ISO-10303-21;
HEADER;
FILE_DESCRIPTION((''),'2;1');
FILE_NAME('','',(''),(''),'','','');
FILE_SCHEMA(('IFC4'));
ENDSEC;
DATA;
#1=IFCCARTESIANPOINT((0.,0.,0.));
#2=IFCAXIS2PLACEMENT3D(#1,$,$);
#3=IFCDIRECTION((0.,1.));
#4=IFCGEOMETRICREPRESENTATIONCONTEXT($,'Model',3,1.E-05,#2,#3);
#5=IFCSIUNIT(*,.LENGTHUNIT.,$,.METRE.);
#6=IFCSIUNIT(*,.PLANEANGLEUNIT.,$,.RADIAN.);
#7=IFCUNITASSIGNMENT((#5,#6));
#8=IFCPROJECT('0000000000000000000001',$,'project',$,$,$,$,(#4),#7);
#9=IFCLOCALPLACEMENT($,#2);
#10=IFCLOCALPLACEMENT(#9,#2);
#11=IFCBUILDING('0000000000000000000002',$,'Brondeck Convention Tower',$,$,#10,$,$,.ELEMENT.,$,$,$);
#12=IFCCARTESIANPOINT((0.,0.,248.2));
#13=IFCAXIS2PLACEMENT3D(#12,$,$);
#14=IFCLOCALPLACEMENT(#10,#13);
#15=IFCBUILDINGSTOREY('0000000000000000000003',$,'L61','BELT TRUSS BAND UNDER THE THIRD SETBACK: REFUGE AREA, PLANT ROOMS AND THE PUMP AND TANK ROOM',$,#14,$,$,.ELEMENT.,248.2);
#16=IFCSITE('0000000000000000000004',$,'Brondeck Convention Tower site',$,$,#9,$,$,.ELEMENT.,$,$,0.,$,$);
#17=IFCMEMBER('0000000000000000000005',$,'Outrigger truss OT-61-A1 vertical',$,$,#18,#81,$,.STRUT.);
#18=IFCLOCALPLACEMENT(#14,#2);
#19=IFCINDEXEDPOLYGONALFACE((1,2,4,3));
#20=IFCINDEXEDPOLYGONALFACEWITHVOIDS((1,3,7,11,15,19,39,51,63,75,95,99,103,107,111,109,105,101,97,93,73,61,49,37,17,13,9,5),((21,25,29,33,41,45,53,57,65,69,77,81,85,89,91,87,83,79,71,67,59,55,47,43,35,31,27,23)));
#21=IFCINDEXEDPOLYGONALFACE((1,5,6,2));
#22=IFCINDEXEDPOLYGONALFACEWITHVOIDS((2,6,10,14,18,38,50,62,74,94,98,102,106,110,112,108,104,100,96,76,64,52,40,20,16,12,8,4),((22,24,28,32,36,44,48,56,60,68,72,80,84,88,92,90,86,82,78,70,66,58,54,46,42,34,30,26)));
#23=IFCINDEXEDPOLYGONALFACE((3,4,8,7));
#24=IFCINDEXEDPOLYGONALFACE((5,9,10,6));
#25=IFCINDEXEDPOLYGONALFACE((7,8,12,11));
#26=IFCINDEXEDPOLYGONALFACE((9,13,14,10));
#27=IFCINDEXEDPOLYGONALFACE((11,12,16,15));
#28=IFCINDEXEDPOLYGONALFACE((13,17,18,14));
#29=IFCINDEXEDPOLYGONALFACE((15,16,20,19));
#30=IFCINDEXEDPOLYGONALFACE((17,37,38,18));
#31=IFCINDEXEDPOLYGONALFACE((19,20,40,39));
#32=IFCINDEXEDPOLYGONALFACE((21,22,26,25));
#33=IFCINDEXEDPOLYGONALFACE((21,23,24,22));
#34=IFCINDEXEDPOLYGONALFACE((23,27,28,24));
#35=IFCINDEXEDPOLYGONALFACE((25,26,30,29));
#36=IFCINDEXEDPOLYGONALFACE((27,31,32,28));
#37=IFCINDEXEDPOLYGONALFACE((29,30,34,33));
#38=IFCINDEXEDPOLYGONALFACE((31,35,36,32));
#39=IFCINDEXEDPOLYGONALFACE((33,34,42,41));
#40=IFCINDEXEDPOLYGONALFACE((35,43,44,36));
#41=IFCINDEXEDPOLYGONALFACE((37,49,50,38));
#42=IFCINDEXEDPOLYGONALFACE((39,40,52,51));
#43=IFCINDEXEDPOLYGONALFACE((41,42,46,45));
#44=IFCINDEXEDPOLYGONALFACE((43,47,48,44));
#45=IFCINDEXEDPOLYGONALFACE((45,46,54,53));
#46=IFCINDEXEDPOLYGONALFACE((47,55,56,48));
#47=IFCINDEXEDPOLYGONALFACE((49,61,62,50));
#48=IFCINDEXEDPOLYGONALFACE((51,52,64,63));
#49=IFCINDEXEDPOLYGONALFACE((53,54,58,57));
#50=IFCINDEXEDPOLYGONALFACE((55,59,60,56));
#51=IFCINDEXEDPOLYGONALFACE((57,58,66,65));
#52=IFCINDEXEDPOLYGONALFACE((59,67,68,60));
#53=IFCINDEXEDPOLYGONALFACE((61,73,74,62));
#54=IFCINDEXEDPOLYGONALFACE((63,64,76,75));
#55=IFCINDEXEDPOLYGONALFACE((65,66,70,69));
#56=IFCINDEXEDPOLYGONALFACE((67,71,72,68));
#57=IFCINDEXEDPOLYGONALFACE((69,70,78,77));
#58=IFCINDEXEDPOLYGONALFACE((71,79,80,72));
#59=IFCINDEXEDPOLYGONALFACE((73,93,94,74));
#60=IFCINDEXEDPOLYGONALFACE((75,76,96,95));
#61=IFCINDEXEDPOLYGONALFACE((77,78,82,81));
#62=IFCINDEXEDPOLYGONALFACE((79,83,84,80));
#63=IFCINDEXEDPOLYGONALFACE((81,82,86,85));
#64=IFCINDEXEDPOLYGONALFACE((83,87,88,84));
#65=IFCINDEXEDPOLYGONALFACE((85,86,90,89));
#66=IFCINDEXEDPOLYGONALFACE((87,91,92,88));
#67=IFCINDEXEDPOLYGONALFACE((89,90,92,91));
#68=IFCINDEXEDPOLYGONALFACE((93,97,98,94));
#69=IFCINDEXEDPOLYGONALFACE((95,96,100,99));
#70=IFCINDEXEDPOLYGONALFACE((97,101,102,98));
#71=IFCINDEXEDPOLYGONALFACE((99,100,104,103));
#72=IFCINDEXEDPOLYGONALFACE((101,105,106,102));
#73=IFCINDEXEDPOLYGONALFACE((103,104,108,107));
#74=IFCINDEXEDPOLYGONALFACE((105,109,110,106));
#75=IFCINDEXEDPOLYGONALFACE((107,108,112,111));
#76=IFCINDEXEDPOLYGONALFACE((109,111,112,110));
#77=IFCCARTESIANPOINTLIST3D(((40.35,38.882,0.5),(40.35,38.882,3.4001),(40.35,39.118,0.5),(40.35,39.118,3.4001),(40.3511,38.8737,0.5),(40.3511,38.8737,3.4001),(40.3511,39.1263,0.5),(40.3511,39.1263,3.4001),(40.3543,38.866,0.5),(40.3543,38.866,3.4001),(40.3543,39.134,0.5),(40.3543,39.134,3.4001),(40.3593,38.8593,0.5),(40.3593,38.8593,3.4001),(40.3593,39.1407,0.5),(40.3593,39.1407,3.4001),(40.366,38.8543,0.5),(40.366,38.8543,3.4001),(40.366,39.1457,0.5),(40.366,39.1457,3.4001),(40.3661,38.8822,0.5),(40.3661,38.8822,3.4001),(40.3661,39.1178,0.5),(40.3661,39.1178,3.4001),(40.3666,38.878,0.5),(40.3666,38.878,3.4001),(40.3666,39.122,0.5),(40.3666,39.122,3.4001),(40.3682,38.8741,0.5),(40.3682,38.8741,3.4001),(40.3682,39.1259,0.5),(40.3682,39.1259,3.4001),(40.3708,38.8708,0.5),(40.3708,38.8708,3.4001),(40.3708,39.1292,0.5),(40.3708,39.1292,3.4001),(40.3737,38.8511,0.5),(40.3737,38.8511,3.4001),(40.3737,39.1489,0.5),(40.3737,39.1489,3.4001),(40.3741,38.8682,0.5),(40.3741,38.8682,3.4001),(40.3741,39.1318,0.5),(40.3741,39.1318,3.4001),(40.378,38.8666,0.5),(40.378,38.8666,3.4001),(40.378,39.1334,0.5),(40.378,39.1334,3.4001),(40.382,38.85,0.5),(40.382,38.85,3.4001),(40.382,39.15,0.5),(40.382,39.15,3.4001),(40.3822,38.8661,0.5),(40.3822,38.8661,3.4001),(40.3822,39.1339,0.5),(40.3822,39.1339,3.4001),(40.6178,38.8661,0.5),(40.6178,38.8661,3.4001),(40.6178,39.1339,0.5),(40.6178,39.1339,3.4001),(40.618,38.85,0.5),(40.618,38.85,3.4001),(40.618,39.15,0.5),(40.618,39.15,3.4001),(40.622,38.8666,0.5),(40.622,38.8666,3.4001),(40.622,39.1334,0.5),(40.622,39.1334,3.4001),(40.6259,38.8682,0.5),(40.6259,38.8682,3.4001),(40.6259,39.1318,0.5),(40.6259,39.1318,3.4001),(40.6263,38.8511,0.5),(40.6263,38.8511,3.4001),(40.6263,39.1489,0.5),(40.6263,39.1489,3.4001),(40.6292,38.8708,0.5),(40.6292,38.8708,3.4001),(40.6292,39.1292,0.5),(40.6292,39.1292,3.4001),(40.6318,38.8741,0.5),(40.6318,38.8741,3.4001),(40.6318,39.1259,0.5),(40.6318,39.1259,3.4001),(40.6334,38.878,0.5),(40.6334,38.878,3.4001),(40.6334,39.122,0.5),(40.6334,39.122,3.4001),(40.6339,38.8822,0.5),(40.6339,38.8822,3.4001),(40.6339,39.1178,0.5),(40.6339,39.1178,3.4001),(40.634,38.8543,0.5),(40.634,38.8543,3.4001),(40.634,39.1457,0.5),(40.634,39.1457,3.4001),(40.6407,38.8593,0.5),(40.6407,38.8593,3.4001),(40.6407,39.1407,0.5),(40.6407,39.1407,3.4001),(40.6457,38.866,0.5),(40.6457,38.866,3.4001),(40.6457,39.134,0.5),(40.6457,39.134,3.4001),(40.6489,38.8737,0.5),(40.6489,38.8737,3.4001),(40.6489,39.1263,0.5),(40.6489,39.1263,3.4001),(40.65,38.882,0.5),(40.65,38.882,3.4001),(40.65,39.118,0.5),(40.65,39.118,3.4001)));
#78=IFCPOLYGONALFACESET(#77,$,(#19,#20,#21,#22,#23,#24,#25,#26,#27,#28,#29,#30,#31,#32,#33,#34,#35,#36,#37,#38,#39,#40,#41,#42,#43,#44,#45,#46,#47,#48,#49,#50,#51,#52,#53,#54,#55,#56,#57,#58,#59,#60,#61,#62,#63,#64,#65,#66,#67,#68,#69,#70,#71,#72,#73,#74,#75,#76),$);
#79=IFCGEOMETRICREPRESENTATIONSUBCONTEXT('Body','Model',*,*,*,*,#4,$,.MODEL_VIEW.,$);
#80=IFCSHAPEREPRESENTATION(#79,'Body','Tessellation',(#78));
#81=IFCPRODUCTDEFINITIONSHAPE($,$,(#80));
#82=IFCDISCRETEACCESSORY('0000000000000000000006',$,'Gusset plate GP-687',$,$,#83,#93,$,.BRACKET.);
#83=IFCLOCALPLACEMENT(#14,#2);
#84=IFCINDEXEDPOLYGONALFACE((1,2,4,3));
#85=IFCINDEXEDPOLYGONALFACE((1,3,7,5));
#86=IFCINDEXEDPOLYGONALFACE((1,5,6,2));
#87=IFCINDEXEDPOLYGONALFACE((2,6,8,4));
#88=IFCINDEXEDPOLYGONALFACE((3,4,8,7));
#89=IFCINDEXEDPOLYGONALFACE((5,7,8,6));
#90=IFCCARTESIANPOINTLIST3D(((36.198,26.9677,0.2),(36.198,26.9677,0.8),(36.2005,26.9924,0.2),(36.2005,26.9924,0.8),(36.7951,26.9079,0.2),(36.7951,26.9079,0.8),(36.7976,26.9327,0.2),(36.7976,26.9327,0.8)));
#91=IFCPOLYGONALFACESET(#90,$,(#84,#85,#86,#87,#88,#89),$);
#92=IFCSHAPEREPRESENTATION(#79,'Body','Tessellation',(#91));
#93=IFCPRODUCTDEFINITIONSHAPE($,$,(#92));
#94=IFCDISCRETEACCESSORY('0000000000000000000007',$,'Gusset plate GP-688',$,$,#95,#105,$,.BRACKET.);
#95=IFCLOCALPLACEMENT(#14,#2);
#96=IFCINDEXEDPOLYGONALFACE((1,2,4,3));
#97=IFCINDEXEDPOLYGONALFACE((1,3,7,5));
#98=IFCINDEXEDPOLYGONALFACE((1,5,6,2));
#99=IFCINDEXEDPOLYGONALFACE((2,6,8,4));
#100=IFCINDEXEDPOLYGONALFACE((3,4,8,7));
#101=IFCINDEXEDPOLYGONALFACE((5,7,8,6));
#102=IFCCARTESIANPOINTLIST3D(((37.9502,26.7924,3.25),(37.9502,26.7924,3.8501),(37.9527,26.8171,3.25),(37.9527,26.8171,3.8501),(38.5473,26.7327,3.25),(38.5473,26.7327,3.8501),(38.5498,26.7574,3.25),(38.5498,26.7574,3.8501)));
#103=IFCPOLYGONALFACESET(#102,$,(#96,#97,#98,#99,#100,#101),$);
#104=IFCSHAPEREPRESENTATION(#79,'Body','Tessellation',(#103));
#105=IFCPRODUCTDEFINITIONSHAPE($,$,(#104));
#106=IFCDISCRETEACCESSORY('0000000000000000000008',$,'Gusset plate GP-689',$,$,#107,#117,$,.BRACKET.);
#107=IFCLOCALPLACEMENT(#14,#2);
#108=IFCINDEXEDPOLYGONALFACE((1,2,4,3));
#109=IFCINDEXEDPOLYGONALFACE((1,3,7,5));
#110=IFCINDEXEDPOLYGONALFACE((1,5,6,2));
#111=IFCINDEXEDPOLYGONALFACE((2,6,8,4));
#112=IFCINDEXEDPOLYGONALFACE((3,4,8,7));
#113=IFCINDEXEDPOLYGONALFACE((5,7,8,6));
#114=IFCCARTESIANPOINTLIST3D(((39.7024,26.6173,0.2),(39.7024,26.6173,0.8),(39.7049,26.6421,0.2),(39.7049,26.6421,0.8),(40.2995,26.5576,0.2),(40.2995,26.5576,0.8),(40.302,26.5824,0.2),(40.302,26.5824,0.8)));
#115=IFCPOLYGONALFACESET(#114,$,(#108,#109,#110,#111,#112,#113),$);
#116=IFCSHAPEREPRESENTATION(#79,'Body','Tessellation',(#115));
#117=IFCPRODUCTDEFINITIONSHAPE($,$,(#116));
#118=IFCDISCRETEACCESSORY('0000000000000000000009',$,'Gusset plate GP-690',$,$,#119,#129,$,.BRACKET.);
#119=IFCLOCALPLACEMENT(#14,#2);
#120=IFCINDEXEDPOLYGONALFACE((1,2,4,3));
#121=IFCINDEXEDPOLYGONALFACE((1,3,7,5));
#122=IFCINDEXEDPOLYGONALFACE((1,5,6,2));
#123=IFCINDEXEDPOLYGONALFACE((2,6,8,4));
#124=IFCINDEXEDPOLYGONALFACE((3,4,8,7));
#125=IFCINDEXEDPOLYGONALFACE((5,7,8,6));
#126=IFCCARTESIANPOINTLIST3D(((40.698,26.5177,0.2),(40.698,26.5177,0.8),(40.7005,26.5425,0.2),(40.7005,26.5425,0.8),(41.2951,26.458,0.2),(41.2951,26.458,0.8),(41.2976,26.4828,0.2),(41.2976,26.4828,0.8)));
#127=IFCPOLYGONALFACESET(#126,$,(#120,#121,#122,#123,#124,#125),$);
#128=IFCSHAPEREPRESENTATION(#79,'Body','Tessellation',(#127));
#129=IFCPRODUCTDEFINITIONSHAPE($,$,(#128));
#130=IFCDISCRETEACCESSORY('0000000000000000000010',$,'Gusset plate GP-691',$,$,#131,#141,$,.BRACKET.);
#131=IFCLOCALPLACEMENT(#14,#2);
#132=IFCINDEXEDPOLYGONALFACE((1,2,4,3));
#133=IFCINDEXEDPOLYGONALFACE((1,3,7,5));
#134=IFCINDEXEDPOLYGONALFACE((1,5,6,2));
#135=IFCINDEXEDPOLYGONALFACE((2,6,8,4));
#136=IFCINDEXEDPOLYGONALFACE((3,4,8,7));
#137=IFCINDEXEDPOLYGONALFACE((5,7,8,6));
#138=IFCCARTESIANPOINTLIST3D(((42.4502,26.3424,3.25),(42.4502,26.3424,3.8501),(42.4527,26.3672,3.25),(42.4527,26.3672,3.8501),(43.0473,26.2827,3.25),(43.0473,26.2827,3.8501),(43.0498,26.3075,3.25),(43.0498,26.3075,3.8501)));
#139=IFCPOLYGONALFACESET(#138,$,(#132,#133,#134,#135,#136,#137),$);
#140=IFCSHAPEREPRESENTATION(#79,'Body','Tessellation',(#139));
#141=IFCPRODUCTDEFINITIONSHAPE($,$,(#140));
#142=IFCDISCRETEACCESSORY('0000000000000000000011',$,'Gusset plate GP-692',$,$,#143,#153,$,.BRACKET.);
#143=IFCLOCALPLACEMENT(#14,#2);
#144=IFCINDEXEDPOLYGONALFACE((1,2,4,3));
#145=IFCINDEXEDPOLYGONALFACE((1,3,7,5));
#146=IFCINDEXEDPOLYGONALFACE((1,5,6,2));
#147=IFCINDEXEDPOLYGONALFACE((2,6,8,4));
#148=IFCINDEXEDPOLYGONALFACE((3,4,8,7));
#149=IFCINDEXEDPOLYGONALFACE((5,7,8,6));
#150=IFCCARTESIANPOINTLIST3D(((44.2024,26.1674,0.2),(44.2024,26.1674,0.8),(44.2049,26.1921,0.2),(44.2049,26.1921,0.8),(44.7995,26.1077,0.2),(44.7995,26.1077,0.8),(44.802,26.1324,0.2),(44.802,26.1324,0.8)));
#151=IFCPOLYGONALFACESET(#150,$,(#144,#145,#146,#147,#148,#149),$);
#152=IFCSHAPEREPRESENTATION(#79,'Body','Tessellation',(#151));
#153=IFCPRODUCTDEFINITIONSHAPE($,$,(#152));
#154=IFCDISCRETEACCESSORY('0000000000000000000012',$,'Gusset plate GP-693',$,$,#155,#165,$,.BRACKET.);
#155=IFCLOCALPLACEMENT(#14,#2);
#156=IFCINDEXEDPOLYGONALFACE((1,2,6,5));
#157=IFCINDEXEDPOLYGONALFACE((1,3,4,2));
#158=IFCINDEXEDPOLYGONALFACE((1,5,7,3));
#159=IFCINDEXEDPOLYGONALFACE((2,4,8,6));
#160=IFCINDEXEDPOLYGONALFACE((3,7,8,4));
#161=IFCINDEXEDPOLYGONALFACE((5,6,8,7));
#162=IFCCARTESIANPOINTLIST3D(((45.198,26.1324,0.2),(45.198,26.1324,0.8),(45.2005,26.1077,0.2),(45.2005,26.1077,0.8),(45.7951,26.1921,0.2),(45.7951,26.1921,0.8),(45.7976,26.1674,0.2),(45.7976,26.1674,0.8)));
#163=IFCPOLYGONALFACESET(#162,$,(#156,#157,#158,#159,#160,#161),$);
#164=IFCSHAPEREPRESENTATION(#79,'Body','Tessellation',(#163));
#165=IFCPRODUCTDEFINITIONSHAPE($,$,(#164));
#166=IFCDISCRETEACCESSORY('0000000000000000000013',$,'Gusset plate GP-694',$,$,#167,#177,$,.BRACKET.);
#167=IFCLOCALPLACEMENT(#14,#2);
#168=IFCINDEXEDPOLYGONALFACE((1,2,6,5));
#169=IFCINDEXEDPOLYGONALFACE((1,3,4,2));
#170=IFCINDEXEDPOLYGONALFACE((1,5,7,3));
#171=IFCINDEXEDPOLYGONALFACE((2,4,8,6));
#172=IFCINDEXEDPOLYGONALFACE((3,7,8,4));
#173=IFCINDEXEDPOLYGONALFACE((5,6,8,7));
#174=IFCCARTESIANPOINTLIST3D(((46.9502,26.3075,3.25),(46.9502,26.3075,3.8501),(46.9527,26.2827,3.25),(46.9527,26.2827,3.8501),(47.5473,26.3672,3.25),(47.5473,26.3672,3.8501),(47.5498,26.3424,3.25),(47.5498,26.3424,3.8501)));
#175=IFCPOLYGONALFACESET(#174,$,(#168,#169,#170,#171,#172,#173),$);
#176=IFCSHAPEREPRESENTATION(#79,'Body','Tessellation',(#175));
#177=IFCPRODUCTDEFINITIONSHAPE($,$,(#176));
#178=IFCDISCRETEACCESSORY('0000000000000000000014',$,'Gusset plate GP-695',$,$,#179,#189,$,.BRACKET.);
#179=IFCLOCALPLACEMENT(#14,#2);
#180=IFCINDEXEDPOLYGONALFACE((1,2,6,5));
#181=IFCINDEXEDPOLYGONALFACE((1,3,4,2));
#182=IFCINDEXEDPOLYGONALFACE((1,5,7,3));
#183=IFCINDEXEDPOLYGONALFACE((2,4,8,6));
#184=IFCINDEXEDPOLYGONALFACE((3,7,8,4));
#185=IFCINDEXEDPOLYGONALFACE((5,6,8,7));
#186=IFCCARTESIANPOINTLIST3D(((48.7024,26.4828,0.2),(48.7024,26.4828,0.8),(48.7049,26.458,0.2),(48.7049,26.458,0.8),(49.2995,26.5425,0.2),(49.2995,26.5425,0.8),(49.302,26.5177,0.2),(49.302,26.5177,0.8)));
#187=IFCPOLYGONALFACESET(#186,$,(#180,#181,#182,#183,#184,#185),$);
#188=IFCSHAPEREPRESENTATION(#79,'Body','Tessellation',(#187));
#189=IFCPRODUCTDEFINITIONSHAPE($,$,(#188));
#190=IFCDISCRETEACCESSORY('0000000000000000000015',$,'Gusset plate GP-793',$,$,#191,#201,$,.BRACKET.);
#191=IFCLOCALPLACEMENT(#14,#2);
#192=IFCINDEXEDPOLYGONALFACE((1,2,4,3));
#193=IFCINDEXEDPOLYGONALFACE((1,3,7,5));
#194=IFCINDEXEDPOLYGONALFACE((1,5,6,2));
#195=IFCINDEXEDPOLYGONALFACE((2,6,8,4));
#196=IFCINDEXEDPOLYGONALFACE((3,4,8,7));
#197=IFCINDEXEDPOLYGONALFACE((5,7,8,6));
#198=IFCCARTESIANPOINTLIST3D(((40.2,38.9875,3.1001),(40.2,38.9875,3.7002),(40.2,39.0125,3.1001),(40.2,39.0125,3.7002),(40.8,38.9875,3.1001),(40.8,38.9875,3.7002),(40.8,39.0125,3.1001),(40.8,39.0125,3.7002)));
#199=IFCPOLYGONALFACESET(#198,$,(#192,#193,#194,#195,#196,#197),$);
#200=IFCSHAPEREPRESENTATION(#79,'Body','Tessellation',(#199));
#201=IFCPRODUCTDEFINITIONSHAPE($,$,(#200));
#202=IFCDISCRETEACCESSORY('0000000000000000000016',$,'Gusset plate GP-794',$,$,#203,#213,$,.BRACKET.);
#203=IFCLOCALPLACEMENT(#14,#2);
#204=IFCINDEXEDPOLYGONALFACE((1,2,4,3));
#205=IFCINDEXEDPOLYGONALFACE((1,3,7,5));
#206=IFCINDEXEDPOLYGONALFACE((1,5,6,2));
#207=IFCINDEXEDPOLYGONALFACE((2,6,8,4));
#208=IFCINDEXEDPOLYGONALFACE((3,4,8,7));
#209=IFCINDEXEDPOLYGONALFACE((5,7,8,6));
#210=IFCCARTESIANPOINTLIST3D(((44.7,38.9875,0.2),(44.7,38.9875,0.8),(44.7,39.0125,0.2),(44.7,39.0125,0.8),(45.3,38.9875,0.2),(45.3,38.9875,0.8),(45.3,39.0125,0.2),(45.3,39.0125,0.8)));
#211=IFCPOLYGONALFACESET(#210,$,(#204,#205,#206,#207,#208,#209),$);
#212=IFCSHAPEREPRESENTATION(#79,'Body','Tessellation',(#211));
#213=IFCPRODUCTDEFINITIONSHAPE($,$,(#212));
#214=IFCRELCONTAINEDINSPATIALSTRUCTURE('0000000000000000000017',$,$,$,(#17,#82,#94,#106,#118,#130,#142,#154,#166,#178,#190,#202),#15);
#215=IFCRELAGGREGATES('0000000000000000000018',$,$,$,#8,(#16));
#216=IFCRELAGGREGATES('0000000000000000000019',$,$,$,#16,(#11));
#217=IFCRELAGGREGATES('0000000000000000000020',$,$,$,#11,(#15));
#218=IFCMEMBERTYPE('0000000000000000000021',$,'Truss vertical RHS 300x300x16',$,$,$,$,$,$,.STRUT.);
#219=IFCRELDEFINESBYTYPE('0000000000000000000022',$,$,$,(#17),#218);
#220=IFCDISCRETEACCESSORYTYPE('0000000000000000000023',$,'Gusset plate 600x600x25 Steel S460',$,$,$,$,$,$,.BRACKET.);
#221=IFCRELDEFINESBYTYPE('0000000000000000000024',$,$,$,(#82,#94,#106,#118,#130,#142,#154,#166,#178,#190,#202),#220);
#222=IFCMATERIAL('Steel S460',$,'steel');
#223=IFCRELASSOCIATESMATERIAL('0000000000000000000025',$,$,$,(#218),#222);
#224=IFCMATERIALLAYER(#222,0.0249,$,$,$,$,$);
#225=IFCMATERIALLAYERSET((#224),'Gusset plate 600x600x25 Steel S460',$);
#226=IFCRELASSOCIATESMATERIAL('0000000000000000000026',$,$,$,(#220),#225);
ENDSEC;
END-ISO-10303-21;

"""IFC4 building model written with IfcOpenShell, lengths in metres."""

from ifc_helpers import new_model, si_unit, direction, frame, origin, origin_2d, place, context, subcontext, project, spatial, rectangle, hollow_rectangle, extrude, material, layer, layer_set, material_profile, profile_set, type_object, element, save


model = new_model("IFC4")

# Units and contexts
model_context = context("Model", 3, precision=1e-05, world=origin(), true_north=direction((0.0, 1.0)))
body_context = subcontext(model_context, "Body", "Model", "MODEL_VIEW")
ifc_project = project(units=[si_unit("LENGTHUNIT", "METRE"), si_unit("PLANEANGLEUNIT", "RADIAN")], contexts=[model_context])

# Site, building, storey
site_placement = place(None, origin())
site = spatial("IfcSite", under=ifc_project, at=site_placement, Name="Brondeck Convention Tower site", CompositionType="ELEMENT", RefElevation=0.0)
building_placement = place(site_placement, origin())
building = spatial("IfcBuilding", under=site, at=building_placement, Name="Brondeck Convention Tower", CompositionType="ELEMENT")
storey_placement = place(building_placement, frame((0.0, 0.0, 248.2)))
storey = spatial("IfcBuildingStorey", under=building, at=storey_placement, Name="L61", Description="BELT TRUSS BAND UNDER THE THIRD SETBACK: REFUGE AREA, PLANT ROOMS AND THE PUMP AND TANK ROOM", CompositionType="ELEMENT", Elevation=248.2)

# Shared definitions
ifc_material_1 = material(Name="Steel S460", Category="steel")

# Member
ifc_material_profile_1 = material_profile(ifc_material_1, hollow_rectangle(XDim=0.3, YDim=0.3, WallThickness=0.0161, InnerFilletRadius=0.0161, OuterFilletRadius=0.032, at=origin_2d()), Name="RHS 300x300x16")
ifc_profile_set_1 = profile_set([ifc_material_profile_1], Name="Steel S460")
member_type_1 = type_object("IfcMemberType", Name="Truss vertical RHS 300x300x16", PredefinedType="STRUT", material=ifc_profile_set_1)
member_1_placement = place(storey_placement, frame((40.5, 39.0, 0.5), z_axis=(0.0, 0.0, 1.0), x_axis=(1.0, 0.0, 0.0)))
element("IfcMember", 1, at=member_1_placement, inside=storey, type_object=member_type_1, Name="Outrigger truss OT-61-A1 vertical", PredefinedType="STRUT", context=body_context, shape_type="SweptSolid", body=[
    extrude(hollow_rectangle(XDim=0.3, YDim=0.3, WallThickness=0.0161, InnerFilletRadius=0.0161, OuterFilletRadius=0.032, at=origin_2d()), origin(), (0.0, 0.0, 1.0), 2.9001),
])

# Discrete accessories
ifc_layer = layer(ifc_material_1, 0.0249)
ifc_layer_set = layer_set([ifc_layer], Name="Gusset plate 600x600x25 Steel S460")
discrete_accessory_type = type_object("IfcDiscreteAccessoryType", Name="Gusset plate 600x600x25 Steel S460", PredefinedType="BRACKET", material=ifc_layer_set)
for number, where, z_axis, x_axis, name in (
    (2, (36.4978, 26.9502, 0.2), (0.0, 0.0, 1.0), (-0.995036, 0.099511, 0.0), "Gusset plate GP-687"),
    (3, (38.25, 26.7749, 3.25), (0.0, 0.0, 1.0), (-0.995036, 0.099511, 0.0), "Gusset plate GP-688"),
    (4, (40.0022, 26.5999, 0.2), (0.0, 0.0, 1.0), (-0.995036, 0.099511, 0.0), "Gusset plate GP-689"),
    (5, (40.9978, 26.5002, 0.2), (0.0, 0.0, 1.0), (-0.995036, 0.099511, 0.0), "Gusset plate GP-690"),
    (6, (42.75, 26.325, 3.25), (0.0, 0.0, 1.0), (-0.995036, 0.099511, 0.0), "Gusset plate GP-691"),
    (7, (44.5022, 26.1499, 0.2), (0.0, 0.0, 1.0), (-0.995036, 0.099511, 0.0), "Gusset plate GP-692"),
    (8, (45.4978, 26.1499, 0.2), (0.0, 0.0, 1.0), (0.995036, 0.099511, 0.0), "Gusset plate GP-693"),
    (9, (47.25, 26.325, 3.25), (0.0, 0.0, 1.0), (0.995036, 0.099511, 0.0), "Gusset plate GP-694"),
    (10, (49.0022, 26.5002, 0.2), (0.0, 0.0, 1.0), (0.995036, 0.099511, 0.0), "Gusset plate GP-695"),
    (11, (40.5, 39.0, 3.1001), (0.0, 0.0, 1.0), (1.0, 0.0, 0.0), "Gusset plate GP-793"),
    (12, (45.0, 39.0, 0.2), (0.0, 0.0, 1.0), (1.0, 0.0, 0.0), "Gusset plate GP-794"),
):
    element("IfcDiscreteAccessory", number, at=place(storey_placement, frame(where, z_axis=z_axis, x_axis=x_axis)), inside=storey, type_object=discrete_accessory_type, Name=name, PredefinedType="BRACKET", context=body_context, shape_type="SweptSolid", body=[
        extrude(rectangle(XDim=0.6001, YDim=0.0249, at=origin_2d()), origin(), (0.0, 0.0, 1.0), 0.6001),
    ])

save(model, "model.ifc")
